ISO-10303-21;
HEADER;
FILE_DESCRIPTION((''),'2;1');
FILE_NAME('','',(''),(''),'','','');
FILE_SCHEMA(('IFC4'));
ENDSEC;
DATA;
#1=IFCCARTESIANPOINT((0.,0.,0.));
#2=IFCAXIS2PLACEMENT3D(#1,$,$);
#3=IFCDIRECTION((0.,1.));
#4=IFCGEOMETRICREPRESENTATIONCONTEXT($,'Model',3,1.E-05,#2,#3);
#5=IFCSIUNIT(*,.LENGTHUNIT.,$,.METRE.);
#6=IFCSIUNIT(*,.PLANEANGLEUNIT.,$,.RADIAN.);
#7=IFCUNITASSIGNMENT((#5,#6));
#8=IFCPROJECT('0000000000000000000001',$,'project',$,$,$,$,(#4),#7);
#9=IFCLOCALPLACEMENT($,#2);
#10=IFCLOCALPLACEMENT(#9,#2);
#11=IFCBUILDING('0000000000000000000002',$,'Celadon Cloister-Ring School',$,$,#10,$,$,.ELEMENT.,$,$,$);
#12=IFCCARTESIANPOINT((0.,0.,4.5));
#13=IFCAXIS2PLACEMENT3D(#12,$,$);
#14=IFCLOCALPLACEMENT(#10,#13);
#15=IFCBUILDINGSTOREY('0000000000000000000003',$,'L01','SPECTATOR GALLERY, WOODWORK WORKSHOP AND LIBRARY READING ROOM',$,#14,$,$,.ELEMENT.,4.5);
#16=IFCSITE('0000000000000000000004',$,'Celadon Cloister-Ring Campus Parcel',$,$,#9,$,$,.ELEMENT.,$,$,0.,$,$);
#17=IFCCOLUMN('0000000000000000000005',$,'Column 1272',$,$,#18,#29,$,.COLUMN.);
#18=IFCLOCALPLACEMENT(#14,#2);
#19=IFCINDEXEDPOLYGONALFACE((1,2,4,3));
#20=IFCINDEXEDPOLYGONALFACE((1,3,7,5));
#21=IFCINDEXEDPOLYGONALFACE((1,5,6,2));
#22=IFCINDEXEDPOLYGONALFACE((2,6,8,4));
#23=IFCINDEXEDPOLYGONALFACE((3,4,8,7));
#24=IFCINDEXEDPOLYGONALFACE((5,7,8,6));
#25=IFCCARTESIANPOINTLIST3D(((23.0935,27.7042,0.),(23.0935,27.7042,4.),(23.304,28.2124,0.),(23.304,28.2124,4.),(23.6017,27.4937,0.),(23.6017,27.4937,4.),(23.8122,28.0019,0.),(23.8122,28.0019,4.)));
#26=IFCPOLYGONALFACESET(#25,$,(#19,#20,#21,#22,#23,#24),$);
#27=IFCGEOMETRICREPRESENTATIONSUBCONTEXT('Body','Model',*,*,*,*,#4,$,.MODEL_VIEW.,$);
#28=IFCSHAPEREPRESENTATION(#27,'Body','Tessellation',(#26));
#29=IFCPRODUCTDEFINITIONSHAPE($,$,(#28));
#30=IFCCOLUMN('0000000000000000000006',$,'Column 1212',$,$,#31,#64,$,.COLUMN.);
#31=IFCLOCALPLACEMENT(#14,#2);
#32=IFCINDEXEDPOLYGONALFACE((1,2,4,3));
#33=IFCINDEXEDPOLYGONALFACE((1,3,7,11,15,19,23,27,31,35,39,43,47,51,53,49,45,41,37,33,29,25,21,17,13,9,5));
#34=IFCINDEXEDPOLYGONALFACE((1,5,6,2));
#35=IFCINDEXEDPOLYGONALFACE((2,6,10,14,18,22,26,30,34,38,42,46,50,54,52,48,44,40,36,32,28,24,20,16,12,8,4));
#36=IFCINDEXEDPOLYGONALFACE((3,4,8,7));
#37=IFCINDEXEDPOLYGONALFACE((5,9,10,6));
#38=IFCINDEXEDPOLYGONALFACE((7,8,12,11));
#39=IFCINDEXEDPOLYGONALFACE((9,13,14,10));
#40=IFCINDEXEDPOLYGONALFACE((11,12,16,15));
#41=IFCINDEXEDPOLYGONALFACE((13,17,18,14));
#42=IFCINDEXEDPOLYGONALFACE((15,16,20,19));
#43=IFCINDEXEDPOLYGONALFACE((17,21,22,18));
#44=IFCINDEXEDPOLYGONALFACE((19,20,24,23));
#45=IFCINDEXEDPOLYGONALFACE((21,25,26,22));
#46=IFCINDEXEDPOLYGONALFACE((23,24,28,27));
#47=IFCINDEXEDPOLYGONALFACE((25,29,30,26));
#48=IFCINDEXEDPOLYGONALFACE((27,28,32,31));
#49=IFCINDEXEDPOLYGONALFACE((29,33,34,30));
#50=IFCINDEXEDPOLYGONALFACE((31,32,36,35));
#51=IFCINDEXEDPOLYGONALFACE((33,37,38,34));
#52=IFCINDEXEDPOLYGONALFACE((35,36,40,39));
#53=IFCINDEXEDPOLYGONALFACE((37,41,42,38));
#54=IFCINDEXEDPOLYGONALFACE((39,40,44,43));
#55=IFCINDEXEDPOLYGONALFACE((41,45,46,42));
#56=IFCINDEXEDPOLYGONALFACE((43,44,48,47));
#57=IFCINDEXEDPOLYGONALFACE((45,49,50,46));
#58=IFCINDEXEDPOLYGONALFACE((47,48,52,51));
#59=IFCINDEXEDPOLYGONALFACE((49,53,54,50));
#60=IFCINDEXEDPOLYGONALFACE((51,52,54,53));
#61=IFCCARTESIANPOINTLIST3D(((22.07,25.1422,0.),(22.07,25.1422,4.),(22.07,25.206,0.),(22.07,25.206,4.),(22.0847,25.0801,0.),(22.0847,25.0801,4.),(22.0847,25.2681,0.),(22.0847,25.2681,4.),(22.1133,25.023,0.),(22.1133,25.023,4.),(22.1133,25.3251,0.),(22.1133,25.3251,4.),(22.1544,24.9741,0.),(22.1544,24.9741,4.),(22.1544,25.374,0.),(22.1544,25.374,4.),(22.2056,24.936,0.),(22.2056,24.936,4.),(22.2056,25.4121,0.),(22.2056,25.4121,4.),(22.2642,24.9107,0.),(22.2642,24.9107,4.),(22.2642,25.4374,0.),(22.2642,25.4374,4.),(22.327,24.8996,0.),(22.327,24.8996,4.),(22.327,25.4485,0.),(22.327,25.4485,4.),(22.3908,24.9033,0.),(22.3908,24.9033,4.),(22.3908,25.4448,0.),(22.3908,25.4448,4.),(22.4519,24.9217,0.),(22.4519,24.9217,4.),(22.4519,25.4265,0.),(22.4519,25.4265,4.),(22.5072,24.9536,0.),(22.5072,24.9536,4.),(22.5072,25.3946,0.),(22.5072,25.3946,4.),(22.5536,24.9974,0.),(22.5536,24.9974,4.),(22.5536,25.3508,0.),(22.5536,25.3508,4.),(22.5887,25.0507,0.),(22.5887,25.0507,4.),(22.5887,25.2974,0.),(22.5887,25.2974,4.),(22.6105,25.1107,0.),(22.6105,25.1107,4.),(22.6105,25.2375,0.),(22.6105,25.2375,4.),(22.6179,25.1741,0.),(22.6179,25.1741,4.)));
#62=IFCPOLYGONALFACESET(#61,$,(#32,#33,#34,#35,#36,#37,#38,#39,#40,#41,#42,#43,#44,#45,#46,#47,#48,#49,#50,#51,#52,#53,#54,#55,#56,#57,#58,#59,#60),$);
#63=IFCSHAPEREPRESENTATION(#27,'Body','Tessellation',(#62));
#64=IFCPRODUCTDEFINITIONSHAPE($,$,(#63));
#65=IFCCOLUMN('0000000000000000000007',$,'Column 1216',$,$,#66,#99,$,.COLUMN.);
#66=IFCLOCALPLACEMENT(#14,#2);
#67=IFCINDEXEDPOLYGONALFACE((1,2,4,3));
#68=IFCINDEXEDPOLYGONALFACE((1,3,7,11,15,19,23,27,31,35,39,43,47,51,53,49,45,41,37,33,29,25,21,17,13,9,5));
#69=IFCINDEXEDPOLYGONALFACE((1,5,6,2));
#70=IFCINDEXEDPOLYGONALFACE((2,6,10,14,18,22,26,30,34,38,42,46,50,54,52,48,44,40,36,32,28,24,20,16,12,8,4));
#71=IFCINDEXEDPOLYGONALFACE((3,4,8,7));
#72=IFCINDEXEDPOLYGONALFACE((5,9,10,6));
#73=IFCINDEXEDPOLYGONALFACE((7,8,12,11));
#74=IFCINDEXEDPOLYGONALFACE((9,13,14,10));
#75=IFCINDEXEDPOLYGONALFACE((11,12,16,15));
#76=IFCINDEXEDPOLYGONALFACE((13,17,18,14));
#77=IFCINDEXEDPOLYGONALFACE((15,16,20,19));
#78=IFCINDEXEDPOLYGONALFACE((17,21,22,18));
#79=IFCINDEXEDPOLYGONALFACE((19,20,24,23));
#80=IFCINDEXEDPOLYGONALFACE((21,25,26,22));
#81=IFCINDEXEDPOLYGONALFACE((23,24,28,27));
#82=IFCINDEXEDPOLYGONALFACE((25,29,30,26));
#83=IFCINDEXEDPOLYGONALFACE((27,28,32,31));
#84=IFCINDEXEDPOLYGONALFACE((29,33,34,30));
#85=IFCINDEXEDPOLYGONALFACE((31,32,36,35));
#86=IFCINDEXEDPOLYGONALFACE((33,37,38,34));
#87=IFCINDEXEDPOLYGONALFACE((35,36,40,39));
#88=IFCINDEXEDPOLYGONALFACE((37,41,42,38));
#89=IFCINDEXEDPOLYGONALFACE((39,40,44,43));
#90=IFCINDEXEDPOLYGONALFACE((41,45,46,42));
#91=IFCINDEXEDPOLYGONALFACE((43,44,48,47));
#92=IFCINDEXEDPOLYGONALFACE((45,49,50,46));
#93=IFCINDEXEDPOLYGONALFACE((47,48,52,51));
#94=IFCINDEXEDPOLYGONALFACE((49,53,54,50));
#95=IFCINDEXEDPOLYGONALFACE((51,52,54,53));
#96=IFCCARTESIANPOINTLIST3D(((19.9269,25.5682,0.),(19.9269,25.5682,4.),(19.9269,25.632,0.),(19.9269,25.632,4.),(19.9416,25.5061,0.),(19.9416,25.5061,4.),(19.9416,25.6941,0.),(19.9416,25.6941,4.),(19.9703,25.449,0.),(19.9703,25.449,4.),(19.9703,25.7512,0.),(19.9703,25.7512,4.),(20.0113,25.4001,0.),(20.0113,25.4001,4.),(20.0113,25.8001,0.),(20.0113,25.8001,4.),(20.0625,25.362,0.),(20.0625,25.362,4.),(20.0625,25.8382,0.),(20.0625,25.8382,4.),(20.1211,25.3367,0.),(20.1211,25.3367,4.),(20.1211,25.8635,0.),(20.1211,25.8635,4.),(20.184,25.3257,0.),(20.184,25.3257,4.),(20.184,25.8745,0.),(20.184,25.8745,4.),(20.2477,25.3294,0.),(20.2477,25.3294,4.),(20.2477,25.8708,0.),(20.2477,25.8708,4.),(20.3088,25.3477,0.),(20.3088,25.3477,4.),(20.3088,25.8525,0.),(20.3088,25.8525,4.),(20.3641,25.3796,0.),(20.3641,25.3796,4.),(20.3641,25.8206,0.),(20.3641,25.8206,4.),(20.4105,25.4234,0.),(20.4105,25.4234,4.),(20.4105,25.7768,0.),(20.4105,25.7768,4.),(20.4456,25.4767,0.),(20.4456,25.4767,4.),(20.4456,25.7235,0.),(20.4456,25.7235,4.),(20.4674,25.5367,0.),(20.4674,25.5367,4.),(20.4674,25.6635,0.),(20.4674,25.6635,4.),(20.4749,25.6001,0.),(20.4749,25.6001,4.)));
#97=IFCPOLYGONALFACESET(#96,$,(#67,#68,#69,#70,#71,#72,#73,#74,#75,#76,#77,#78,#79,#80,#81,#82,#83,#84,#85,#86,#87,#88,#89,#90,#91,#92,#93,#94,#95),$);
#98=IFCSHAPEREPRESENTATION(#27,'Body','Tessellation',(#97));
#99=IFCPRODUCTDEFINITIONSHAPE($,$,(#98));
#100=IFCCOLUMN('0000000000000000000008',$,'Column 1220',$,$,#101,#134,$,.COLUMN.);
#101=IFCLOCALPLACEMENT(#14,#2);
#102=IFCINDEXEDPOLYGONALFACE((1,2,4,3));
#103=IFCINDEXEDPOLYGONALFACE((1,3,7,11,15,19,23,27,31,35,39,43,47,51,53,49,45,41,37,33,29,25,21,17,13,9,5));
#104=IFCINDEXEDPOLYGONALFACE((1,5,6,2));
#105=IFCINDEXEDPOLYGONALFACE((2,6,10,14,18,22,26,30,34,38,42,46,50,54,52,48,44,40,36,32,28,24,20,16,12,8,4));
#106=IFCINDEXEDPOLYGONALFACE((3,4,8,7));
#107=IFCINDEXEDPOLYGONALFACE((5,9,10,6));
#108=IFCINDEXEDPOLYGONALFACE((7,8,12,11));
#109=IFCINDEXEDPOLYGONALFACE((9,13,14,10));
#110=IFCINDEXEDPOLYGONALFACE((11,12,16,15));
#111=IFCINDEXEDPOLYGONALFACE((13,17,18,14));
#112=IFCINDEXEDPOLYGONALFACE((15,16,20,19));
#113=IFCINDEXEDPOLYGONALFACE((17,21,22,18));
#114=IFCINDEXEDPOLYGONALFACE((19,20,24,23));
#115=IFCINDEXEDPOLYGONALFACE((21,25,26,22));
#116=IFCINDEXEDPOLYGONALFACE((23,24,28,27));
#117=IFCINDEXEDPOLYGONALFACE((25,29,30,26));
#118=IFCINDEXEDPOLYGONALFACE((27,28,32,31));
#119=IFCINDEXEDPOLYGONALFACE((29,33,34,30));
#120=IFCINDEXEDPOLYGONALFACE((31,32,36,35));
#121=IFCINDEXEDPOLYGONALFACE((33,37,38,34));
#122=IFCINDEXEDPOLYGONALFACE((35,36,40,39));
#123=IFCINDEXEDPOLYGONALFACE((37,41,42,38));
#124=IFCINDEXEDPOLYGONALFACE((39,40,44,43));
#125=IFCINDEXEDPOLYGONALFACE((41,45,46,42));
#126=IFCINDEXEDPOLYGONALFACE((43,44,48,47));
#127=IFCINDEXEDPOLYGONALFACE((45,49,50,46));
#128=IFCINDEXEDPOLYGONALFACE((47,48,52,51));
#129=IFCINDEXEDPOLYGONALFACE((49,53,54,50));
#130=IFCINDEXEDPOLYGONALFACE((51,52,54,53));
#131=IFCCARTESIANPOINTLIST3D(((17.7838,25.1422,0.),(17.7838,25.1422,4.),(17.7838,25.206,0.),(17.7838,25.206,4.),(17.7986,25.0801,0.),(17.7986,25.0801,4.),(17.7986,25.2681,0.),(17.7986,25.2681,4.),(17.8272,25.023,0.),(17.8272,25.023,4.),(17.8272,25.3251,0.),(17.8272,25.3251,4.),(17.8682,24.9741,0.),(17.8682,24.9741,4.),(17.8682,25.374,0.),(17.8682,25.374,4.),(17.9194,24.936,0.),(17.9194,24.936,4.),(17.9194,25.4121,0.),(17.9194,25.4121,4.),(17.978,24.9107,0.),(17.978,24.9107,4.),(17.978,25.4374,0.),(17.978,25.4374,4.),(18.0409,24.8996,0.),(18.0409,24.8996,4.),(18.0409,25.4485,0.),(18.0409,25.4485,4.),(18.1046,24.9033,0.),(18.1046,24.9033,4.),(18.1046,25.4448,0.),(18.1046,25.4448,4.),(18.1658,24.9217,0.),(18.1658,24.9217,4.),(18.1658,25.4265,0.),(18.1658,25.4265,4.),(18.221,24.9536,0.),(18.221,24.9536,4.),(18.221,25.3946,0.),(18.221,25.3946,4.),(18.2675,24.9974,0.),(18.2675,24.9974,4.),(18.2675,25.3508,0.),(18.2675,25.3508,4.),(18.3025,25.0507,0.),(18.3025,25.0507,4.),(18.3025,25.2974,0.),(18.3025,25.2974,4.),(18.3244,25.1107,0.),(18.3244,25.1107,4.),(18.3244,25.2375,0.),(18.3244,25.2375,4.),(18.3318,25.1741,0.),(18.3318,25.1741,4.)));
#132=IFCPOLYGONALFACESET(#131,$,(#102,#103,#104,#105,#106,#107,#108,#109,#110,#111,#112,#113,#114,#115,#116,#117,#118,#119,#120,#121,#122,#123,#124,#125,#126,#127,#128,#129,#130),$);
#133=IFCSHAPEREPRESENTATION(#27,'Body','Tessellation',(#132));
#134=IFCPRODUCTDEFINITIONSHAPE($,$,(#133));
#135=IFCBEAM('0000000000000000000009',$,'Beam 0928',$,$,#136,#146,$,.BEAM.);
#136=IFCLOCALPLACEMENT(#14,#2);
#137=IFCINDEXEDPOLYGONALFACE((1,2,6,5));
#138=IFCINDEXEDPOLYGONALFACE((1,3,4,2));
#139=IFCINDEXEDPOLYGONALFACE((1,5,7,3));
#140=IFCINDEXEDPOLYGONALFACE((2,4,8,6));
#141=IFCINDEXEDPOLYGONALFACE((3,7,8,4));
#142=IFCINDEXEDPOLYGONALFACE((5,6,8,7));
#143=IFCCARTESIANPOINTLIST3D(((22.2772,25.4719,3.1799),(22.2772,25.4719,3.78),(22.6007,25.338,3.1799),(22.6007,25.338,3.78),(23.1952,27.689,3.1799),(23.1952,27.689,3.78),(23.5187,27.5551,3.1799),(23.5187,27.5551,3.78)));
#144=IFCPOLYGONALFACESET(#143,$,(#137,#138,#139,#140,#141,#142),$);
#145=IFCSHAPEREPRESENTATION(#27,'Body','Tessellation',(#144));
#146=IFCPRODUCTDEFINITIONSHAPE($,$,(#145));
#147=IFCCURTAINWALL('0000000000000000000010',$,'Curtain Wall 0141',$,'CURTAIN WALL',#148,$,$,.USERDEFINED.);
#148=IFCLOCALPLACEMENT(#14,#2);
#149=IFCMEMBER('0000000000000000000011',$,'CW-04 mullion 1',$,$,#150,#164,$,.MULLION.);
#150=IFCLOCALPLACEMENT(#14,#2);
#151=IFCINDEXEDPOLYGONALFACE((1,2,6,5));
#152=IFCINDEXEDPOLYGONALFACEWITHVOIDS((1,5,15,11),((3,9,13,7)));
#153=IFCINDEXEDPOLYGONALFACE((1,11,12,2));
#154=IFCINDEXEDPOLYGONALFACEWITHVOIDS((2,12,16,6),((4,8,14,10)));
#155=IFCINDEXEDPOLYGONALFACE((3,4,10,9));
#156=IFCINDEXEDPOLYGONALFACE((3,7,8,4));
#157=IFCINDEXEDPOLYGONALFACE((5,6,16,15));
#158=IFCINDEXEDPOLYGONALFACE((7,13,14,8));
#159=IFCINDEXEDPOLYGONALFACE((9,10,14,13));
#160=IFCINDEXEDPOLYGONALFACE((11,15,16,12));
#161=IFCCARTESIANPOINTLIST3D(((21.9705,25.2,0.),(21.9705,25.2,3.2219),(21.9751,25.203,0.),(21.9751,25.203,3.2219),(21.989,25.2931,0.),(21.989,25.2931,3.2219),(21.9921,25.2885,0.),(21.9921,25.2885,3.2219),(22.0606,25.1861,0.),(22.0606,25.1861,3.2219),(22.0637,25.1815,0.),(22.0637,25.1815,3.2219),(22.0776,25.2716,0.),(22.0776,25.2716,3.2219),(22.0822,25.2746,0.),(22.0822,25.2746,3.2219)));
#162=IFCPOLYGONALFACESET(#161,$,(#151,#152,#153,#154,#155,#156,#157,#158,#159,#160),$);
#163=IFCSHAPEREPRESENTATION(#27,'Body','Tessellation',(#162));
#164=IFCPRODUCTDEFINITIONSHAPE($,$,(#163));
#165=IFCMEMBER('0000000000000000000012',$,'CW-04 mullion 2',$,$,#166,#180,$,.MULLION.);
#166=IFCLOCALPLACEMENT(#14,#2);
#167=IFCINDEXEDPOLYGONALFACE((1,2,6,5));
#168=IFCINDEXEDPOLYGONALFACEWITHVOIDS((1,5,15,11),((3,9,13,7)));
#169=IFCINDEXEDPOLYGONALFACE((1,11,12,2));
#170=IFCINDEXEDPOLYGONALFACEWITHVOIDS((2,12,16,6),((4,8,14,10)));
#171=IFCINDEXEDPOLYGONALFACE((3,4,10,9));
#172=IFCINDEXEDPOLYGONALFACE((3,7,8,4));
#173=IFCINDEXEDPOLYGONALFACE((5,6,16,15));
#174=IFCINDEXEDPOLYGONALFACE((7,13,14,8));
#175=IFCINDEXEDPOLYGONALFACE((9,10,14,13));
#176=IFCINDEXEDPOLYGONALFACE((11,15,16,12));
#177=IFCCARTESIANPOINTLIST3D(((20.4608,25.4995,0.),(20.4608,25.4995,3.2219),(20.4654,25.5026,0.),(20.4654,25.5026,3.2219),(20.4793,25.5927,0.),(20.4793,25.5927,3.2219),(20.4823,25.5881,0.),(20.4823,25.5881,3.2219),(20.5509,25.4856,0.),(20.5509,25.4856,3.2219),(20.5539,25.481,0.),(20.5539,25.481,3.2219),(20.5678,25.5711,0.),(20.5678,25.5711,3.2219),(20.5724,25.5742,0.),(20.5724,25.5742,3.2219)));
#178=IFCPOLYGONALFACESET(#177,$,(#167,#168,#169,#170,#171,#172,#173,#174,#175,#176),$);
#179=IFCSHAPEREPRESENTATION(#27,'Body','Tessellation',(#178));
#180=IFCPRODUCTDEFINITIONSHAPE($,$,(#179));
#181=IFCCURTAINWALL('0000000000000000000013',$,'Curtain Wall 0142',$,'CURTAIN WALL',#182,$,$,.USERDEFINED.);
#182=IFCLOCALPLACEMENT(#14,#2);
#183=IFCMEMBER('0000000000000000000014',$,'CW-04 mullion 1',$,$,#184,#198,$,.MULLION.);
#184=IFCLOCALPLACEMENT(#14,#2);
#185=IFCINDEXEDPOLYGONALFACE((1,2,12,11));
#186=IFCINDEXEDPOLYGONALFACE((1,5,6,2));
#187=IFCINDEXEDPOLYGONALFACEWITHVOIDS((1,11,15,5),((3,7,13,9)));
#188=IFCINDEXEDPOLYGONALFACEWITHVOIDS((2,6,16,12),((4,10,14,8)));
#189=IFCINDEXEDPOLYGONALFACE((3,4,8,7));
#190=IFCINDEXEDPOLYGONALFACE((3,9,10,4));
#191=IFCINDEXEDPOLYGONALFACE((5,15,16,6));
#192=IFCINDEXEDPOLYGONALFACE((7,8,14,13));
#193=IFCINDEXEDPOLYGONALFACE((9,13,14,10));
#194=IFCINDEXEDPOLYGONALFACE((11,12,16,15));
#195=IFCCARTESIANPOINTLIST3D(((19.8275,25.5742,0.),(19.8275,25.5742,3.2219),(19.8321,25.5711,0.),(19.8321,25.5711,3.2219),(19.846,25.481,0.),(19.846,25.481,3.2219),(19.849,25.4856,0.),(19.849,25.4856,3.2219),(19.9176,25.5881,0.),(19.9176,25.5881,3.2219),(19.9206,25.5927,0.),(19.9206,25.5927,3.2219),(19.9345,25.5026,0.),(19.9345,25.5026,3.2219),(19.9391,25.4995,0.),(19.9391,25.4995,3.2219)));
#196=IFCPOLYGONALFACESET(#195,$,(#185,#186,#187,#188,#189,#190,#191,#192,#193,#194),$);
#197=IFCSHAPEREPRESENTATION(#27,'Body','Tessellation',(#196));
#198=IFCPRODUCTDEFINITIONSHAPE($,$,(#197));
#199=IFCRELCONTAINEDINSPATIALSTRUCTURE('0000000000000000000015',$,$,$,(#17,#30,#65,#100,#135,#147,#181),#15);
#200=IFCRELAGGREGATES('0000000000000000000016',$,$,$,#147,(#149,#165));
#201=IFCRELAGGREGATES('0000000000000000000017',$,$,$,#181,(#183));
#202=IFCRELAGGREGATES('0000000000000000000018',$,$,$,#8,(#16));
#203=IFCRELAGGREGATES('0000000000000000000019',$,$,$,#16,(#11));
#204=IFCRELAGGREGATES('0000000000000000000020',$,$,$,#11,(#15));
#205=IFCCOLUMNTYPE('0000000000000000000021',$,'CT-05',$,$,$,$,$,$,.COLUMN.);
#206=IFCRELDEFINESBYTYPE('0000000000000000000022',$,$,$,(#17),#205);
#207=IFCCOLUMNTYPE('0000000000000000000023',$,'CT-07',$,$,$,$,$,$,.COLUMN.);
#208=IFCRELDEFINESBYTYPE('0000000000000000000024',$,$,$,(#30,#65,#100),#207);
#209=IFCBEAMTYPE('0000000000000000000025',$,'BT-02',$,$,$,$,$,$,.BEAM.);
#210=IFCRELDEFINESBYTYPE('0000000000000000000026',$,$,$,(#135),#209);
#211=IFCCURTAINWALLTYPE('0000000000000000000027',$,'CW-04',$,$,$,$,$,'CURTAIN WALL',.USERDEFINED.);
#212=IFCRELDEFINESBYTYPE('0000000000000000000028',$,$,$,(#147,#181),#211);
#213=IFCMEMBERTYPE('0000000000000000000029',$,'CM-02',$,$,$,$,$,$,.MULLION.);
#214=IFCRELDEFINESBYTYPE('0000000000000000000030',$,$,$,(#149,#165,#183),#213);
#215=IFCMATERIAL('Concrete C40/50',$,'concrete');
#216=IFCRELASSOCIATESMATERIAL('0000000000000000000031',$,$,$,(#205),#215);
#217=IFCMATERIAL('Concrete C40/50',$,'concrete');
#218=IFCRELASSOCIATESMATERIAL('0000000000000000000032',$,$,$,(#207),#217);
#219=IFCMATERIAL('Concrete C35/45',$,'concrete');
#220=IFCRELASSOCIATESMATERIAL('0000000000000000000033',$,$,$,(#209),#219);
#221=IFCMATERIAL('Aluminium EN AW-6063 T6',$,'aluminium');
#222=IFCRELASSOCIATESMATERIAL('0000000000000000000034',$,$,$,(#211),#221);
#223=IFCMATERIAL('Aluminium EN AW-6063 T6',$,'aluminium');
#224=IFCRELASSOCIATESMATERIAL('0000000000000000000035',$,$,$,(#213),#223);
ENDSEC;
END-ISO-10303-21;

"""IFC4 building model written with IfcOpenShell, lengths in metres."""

from ifc_helpers import new_model, si_unit, direction, frame, origin, origin_2d, place, context, subcontext, project, spatial, rectangle, hollow_rectangle, circle, extrude, material, material_profile, profile_set, type_object, element, aggregate, save


model = new_model("IFC4")

# Units and contexts
model_context = context("Model", 3, precision=1e-05, world=origin(), true_north=direction((0.0, 1.0)))
body_context = subcontext(model_context, "Body", "Model", "MODEL_VIEW")
ifc_project = project(units=[si_unit("LENGTHUNIT", "METRE"), si_unit("PLANEANGLEUNIT", "RADIAN")], contexts=[model_context])

# Site, building, storey
site_placement = place(None, origin())
site = spatial("IfcSite", under=ifc_project, at=site_placement, Name="Celadon Cloister-Ring Campus Parcel", CompositionType="ELEMENT", RefElevation=0.0)
building_placement = place(site_placement, origin())
building = spatial("IfcBuilding", under=site, at=building_placement, Name="Celadon Cloister-Ring School", CompositionType="ELEMENT")
storey_placement = place(building_placement, frame((0.0, 0.0, 4.5)))
storey = spatial("IfcBuildingStorey", under=building, at=storey_placement, Name="L01", Description="SPECTATOR GALLERY, WOODWORK WORKSHOP AND LIBRARY READING ROOM", CompositionType="ELEMENT", Elevation=4.5)

# Columns
ifc_material_1 = material(Name="Concrete C40/50", Category="concrete")
ifc_material_profile_1 = material_profile(ifc_material_1, rectangle(XDim=0.55, YDim=0.55, at=origin_2d()), Name="RC550X550")
ifc_profile_set_1 = profile_set([ifc_material_profile_1], Name="Concrete C40/50")
column_type_1 = type_object("IfcColumnType", Name="CT-05", PredefinedType="COLUMN", material=ifc_profile_set_1)
column_placement = place(storey_placement, frame((23.4529, 27.853, 0.0), z_axis=(0.0, 0.0, 1.0), x_axis=(0.382683, 0.92388, 0.0)))
element("IfcColumn", 1, at=column_placement, inside=storey, type_object=column_type_1, Name="Column 1272", PredefinedType="COLUMN", context=body_context, shape_type="SweptSolid", body=[
    extrude(rectangle(XDim=0.55, YDim=0.55, at=origin_2d()), origin(), (0.0, 0.0, 1.0), 4.0),
])
ifc_material_2 = material(Name="Concrete C40/50", Category="concrete")
ifc_material_profile_2 = material_profile(ifc_material_2, circle(Radius=0.2749, at=origin_2d()), Name="CIRC550")
ifc_profile_set_2 = profile_set([ifc_material_profile_2], Name="Concrete C40/50")
column_type_2 = type_object("IfcColumnType", Name="CT-07", PredefinedType="COLUMN", material=ifc_profile_set_2)
for number, where, z_axis, x_axis, name in (
    (2, (22.343, 25.1741, 0.0), (0.0, 0.0, 1.0), (1.0, 0.0, 0.0), "Column 1212"),
    (3, (20.2, 25.6001, 0.0), (0.0, 0.0, 1.0), (1.0, 0.0, 0.0), "Column 1216"),
    (4, (18.0569, 25.1741, 0.0), (0.0, 0.0, 1.0), (1.0, 0.0, 0.0), "Column 1220"),
):
    element("IfcColumn", number, at=place(storey_placement, frame(where, z_axis=z_axis, x_axis=x_axis)), inside=storey, type_object=column_type_2, Name=name, PredefinedType="COLUMN", context=body_context, shape_type="SweptSolid", body=[
        extrude(circle(Radius=0.2749, at=origin_2d()), origin(), (0.0, 0.0, 1.0), 4.0),
    ])

# Beam
ifc_material_3 = material(Name="Concrete C35/45", Category="concrete")
ifc_material_profile_3 = material_profile(ifc_material_3, rectangle(XDim=0.3501, YDim=0.6001, at=origin_2d()), Name="RC350X600")
ifc_profile_set_3 = profile_set([ifc_material_profile_3], Name="Concrete C35/45")
beam_type_1 = type_object("IfcBeamType", Name="BT-02", PredefinedType="BEAM", material=ifc_profile_set_3)
beam_1_placement = place(storey_placement, frame((23.3569, 27.6221, 3.48), z_axis=(-0.382555, -0.923933, 0.0), x_axis=(0.923933, -0.382555, 0.0)))
element("IfcBeam", 5, at=beam_1_placement, inside=storey, type_object=beam_type_1, Name="Beam 0928", PredefinedType="BEAM", context=body_context, shape_type="SweptSolid", body=[
    extrude(rectangle(XDim=0.3501, YDim=0.6001, at=origin_2d()), origin(), (0.0, 0.0, 1.0), 2.3997),
])

# Curtain walls, members
ifc_material_4 = material(Name="Aluminium EN AW-6063 T6", Category="aluminium")
curtain_wall_type = type_object("IfcCurtainWallType", Name="CW-04", ElementType="CURTAIN WALL", PredefinedType="USERDEFINED", material=ifc_material_4)
curtain_wall_1_placement = place(storey_placement, origin())
curtain_wall_1 = element("IfcCurtainWall", 6, at=curtain_wall_1_placement, inside=storey, type_object=curtain_wall_type, Name="Curtain Wall 0141", ObjectType="CURTAIN WALL", PredefinedType="USERDEFINED")
ifc_material_5 = material(Name="Aluminium EN AW-6063 T6", Category="aluminium")
ifc_material_profile_4 = material_profile(ifc_material_5, hollow_rectangle(XDim=0.095, YDim=0.095, WallThickness=0.0039, at=origin_2d()), Name="RHS95X95X4")
ifc_profile_set_4 = profile_set([ifc_material_profile_4], Name="Aluminium EN AW-6063 T6")
member_type_1 = type_object("IfcMemberType", Name="CM-02", PredefinedType="MULLION", material=ifc_profile_set_4)
member_1_placement = place(storey_placement, frame((22.0264, 25.2373, 0.0), z_axis=(0.0, 0.0, 1.0), x_axis=(-0.194586, -0.980885, 0.0)))
member_1 = element("IfcMember", 7, at=member_1_placement, type_object=member_type_1, Name="CW-04 mullion 1", PredefinedType="MULLION", context=body_context, shape_type="SweptSolid", body=[
    extrude(hollow_rectangle(XDim=0.095, YDim=0.095, WallThickness=0.0039, at=origin_2d()), origin(), (0.0, 0.0, 1.0), 3.2219),
])
member_2_placement = place(storey_placement, frame((20.5166, 25.5369, 0.0), z_axis=(0.0, 0.0, 1.0), x_axis=(-0.194586, -0.980885, 0.0)))
member_2 = element("IfcMember", 8, at=member_2_placement, type_object=member_type_1, Name="CW-04 mullion 2", PredefinedType="MULLION", context=body_context, shape_type="SweptSolid", body=[
    extrude(hollow_rectangle(XDim=0.095, YDim=0.095, WallThickness=0.0039, at=origin_2d()), origin(), (0.0, 0.0, 1.0), 3.2219),
])
curtain_wall_2_placement = place(storey_placement, origin())
curtain_wall_2 = element("IfcCurtainWall", 9, at=curtain_wall_2_placement, inside=storey, type_object=curtain_wall_type, Name="Curtain Wall 0142", ObjectType="CURTAIN WALL", PredefinedType="USERDEFINED")
member_3_placement = place(storey_placement, frame((19.8833, 25.5369, 0.0), z_axis=(0.0, 0.0, 1.0), x_axis=(0.194586, -0.980885, 0.0)))
member_3 = element("IfcMember", 10, at=member_3_placement, type_object=member_type_1, Name="CW-04 mullion 1", PredefinedType="MULLION", context=body_context, shape_type="SweptSolid", body=[
    extrude(hollow_rectangle(XDim=0.095, YDim=0.095, WallThickness=0.0039, at=origin_2d()), origin(), (0.0, 0.0, 1.0), 3.2219),
])

aggregate(curtain_wall_1, [member_1, member_2])
aggregate(curtain_wall_2, [member_3])

save(model, "model.ifc")
